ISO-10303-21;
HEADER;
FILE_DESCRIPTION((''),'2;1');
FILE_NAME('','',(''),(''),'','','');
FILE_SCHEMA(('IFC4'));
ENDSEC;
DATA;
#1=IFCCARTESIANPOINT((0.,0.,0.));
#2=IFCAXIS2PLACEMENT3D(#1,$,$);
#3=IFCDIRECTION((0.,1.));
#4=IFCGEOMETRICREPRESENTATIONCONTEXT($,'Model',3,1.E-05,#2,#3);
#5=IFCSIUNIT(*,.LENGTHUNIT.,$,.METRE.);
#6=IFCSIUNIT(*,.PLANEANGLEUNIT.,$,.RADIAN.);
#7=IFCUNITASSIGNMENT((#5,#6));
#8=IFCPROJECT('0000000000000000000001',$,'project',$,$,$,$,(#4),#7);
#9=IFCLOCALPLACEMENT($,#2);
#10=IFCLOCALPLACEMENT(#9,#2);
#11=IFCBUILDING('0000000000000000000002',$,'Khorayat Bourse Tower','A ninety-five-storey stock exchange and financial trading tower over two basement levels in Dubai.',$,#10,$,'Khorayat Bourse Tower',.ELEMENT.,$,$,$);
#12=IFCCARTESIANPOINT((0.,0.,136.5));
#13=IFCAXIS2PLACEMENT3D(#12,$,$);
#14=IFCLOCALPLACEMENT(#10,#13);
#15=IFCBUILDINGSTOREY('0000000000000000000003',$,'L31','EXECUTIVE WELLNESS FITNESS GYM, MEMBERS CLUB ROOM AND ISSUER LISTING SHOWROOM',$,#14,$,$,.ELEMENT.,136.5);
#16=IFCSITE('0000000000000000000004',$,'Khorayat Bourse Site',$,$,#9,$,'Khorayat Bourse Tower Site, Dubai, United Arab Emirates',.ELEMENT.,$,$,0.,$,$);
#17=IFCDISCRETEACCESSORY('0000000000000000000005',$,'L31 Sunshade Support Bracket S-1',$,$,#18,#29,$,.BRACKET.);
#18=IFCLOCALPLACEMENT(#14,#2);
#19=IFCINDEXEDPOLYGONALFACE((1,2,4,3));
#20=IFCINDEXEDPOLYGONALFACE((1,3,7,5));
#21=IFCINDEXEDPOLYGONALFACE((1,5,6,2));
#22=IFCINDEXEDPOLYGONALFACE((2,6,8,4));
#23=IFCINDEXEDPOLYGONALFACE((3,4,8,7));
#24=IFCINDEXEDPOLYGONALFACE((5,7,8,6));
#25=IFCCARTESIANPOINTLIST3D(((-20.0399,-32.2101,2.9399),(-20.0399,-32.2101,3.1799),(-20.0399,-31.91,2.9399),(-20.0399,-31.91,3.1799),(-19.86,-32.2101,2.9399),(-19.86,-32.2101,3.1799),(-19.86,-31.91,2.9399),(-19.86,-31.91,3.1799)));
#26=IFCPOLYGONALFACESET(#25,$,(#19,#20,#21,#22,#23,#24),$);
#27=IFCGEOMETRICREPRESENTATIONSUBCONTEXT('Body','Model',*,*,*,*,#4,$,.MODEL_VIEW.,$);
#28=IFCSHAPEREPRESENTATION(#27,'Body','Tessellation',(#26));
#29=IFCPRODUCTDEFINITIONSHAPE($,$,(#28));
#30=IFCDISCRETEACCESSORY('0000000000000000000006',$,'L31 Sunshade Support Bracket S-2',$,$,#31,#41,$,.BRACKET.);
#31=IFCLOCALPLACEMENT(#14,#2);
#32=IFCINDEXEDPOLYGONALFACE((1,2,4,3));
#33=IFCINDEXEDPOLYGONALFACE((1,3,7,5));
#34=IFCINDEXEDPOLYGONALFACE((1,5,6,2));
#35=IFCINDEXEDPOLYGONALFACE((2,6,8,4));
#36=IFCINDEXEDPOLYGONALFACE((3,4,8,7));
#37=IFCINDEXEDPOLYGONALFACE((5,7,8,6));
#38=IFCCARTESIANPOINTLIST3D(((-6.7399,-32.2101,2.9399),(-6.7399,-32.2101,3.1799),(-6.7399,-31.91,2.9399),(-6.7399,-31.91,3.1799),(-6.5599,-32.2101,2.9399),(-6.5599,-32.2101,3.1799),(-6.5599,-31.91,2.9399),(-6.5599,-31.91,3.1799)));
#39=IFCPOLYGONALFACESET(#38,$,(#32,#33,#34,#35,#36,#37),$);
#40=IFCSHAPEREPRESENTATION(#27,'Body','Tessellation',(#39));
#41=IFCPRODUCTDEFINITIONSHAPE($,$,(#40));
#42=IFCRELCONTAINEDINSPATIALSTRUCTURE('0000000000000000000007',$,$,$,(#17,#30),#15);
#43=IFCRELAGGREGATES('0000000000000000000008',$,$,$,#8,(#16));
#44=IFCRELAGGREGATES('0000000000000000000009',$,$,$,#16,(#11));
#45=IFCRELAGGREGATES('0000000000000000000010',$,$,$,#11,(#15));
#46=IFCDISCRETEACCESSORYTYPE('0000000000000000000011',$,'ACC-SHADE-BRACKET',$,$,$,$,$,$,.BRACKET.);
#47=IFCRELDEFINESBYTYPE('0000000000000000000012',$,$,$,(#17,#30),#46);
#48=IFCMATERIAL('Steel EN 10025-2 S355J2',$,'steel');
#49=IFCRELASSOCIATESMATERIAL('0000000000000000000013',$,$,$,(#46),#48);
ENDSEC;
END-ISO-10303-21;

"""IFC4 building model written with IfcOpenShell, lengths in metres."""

from ifc_helpers import new_model, si_unit, direction, frame, origin, origin_2d, place, context, subcontext, project, spatial, rectangle, extrude, source, transform, mapped, material, type_object, element, save


model = new_model("IFC4")

# Units and contexts
model_context = context("Model", 3, precision=1e-05, world=origin(), true_north=direction((0.0, 1.0)))
body_context = subcontext(model_context, "Body", "Model", "MODEL_VIEW")
ifc_project = project(units=[si_unit("LENGTHUNIT", "METRE"), si_unit("PLANEANGLEUNIT", "RADIAN")], contexts=[model_context])

# Site, building, storey
site_placement = place(None, origin())
site = spatial("IfcSite", under=ifc_project, at=site_placement, Name="Khorayat Bourse Site", LongName="Khorayat Bourse Tower Site, Dubai, United Arab Emirates", CompositionType="ELEMENT", RefElevation=0.0)
building_placement = place(site_placement, origin())
building = spatial("IfcBuilding", under=site, at=building_placement, Name="Khorayat Bourse Tower", Description="A ninety-five-storey stock exchange and financial trading tower over two basement levels in Dubai.", LongName="Khorayat Bourse Tower", CompositionType="ELEMENT")
storey_placement = place(building_placement, frame((0.0, 0.0, 136.5)))
storey = spatial("IfcBuildingStorey", under=building, at=storey_placement, Name="L31", Description="EXECUTIVE WELLNESS FITNESS GYM, MEMBERS CLUB ROOM AND ISSUER LISTING SHOWROOM", CompositionType="ELEMENT", Elevation=136.5)

# Shared definitions
ifc_material_1 = material(Name="Steel EN 10025-2 S355J2", Category="steel")

# Discrete accessories
discrete_accessory_type = type_object("IfcDiscreteAccessoryType", Name="ACC-SHADE-BRACKET", PredefinedType="BRACKET", material=ifc_material_1)
shared_shape_1 = source(origin(), body_context, "Body", "SweptSolid", [
    extrude(rectangle(XDim=0.1799, YDim=0.3, at=origin_2d()), origin(), (0.0, 0.0, 1.0), 0.24),
])
for number, where, z_axis, x_axis, name in (
    (1, (-19.95, -32.0601, 2.9399), (0.0, 0.0, 1.0), (1.0, 0.0, 0.0), "L31 Sunshade Support Bracket S-1"),
    (2, (-6.6499, -32.0601, 2.9399), (0.0, 0.0, 1.0), (1.0, 0.0, 0.0), "L31 Sunshade Support Bracket S-2"),
):
    element("IfcDiscreteAccessory", number, at=place(storey_placement, frame(where, z_axis=z_axis, x_axis=x_axis)), inside=storey, type_object=discrete_accessory_type, Name=name, PredefinedType="BRACKET", context=body_context, shape_type="MappedRepresentation", body=[
        mapped(shared_shape_1, transform((0.0, 0.0, 0.0), scale=1.0)),
    ])

save(model, "model.ifc")
